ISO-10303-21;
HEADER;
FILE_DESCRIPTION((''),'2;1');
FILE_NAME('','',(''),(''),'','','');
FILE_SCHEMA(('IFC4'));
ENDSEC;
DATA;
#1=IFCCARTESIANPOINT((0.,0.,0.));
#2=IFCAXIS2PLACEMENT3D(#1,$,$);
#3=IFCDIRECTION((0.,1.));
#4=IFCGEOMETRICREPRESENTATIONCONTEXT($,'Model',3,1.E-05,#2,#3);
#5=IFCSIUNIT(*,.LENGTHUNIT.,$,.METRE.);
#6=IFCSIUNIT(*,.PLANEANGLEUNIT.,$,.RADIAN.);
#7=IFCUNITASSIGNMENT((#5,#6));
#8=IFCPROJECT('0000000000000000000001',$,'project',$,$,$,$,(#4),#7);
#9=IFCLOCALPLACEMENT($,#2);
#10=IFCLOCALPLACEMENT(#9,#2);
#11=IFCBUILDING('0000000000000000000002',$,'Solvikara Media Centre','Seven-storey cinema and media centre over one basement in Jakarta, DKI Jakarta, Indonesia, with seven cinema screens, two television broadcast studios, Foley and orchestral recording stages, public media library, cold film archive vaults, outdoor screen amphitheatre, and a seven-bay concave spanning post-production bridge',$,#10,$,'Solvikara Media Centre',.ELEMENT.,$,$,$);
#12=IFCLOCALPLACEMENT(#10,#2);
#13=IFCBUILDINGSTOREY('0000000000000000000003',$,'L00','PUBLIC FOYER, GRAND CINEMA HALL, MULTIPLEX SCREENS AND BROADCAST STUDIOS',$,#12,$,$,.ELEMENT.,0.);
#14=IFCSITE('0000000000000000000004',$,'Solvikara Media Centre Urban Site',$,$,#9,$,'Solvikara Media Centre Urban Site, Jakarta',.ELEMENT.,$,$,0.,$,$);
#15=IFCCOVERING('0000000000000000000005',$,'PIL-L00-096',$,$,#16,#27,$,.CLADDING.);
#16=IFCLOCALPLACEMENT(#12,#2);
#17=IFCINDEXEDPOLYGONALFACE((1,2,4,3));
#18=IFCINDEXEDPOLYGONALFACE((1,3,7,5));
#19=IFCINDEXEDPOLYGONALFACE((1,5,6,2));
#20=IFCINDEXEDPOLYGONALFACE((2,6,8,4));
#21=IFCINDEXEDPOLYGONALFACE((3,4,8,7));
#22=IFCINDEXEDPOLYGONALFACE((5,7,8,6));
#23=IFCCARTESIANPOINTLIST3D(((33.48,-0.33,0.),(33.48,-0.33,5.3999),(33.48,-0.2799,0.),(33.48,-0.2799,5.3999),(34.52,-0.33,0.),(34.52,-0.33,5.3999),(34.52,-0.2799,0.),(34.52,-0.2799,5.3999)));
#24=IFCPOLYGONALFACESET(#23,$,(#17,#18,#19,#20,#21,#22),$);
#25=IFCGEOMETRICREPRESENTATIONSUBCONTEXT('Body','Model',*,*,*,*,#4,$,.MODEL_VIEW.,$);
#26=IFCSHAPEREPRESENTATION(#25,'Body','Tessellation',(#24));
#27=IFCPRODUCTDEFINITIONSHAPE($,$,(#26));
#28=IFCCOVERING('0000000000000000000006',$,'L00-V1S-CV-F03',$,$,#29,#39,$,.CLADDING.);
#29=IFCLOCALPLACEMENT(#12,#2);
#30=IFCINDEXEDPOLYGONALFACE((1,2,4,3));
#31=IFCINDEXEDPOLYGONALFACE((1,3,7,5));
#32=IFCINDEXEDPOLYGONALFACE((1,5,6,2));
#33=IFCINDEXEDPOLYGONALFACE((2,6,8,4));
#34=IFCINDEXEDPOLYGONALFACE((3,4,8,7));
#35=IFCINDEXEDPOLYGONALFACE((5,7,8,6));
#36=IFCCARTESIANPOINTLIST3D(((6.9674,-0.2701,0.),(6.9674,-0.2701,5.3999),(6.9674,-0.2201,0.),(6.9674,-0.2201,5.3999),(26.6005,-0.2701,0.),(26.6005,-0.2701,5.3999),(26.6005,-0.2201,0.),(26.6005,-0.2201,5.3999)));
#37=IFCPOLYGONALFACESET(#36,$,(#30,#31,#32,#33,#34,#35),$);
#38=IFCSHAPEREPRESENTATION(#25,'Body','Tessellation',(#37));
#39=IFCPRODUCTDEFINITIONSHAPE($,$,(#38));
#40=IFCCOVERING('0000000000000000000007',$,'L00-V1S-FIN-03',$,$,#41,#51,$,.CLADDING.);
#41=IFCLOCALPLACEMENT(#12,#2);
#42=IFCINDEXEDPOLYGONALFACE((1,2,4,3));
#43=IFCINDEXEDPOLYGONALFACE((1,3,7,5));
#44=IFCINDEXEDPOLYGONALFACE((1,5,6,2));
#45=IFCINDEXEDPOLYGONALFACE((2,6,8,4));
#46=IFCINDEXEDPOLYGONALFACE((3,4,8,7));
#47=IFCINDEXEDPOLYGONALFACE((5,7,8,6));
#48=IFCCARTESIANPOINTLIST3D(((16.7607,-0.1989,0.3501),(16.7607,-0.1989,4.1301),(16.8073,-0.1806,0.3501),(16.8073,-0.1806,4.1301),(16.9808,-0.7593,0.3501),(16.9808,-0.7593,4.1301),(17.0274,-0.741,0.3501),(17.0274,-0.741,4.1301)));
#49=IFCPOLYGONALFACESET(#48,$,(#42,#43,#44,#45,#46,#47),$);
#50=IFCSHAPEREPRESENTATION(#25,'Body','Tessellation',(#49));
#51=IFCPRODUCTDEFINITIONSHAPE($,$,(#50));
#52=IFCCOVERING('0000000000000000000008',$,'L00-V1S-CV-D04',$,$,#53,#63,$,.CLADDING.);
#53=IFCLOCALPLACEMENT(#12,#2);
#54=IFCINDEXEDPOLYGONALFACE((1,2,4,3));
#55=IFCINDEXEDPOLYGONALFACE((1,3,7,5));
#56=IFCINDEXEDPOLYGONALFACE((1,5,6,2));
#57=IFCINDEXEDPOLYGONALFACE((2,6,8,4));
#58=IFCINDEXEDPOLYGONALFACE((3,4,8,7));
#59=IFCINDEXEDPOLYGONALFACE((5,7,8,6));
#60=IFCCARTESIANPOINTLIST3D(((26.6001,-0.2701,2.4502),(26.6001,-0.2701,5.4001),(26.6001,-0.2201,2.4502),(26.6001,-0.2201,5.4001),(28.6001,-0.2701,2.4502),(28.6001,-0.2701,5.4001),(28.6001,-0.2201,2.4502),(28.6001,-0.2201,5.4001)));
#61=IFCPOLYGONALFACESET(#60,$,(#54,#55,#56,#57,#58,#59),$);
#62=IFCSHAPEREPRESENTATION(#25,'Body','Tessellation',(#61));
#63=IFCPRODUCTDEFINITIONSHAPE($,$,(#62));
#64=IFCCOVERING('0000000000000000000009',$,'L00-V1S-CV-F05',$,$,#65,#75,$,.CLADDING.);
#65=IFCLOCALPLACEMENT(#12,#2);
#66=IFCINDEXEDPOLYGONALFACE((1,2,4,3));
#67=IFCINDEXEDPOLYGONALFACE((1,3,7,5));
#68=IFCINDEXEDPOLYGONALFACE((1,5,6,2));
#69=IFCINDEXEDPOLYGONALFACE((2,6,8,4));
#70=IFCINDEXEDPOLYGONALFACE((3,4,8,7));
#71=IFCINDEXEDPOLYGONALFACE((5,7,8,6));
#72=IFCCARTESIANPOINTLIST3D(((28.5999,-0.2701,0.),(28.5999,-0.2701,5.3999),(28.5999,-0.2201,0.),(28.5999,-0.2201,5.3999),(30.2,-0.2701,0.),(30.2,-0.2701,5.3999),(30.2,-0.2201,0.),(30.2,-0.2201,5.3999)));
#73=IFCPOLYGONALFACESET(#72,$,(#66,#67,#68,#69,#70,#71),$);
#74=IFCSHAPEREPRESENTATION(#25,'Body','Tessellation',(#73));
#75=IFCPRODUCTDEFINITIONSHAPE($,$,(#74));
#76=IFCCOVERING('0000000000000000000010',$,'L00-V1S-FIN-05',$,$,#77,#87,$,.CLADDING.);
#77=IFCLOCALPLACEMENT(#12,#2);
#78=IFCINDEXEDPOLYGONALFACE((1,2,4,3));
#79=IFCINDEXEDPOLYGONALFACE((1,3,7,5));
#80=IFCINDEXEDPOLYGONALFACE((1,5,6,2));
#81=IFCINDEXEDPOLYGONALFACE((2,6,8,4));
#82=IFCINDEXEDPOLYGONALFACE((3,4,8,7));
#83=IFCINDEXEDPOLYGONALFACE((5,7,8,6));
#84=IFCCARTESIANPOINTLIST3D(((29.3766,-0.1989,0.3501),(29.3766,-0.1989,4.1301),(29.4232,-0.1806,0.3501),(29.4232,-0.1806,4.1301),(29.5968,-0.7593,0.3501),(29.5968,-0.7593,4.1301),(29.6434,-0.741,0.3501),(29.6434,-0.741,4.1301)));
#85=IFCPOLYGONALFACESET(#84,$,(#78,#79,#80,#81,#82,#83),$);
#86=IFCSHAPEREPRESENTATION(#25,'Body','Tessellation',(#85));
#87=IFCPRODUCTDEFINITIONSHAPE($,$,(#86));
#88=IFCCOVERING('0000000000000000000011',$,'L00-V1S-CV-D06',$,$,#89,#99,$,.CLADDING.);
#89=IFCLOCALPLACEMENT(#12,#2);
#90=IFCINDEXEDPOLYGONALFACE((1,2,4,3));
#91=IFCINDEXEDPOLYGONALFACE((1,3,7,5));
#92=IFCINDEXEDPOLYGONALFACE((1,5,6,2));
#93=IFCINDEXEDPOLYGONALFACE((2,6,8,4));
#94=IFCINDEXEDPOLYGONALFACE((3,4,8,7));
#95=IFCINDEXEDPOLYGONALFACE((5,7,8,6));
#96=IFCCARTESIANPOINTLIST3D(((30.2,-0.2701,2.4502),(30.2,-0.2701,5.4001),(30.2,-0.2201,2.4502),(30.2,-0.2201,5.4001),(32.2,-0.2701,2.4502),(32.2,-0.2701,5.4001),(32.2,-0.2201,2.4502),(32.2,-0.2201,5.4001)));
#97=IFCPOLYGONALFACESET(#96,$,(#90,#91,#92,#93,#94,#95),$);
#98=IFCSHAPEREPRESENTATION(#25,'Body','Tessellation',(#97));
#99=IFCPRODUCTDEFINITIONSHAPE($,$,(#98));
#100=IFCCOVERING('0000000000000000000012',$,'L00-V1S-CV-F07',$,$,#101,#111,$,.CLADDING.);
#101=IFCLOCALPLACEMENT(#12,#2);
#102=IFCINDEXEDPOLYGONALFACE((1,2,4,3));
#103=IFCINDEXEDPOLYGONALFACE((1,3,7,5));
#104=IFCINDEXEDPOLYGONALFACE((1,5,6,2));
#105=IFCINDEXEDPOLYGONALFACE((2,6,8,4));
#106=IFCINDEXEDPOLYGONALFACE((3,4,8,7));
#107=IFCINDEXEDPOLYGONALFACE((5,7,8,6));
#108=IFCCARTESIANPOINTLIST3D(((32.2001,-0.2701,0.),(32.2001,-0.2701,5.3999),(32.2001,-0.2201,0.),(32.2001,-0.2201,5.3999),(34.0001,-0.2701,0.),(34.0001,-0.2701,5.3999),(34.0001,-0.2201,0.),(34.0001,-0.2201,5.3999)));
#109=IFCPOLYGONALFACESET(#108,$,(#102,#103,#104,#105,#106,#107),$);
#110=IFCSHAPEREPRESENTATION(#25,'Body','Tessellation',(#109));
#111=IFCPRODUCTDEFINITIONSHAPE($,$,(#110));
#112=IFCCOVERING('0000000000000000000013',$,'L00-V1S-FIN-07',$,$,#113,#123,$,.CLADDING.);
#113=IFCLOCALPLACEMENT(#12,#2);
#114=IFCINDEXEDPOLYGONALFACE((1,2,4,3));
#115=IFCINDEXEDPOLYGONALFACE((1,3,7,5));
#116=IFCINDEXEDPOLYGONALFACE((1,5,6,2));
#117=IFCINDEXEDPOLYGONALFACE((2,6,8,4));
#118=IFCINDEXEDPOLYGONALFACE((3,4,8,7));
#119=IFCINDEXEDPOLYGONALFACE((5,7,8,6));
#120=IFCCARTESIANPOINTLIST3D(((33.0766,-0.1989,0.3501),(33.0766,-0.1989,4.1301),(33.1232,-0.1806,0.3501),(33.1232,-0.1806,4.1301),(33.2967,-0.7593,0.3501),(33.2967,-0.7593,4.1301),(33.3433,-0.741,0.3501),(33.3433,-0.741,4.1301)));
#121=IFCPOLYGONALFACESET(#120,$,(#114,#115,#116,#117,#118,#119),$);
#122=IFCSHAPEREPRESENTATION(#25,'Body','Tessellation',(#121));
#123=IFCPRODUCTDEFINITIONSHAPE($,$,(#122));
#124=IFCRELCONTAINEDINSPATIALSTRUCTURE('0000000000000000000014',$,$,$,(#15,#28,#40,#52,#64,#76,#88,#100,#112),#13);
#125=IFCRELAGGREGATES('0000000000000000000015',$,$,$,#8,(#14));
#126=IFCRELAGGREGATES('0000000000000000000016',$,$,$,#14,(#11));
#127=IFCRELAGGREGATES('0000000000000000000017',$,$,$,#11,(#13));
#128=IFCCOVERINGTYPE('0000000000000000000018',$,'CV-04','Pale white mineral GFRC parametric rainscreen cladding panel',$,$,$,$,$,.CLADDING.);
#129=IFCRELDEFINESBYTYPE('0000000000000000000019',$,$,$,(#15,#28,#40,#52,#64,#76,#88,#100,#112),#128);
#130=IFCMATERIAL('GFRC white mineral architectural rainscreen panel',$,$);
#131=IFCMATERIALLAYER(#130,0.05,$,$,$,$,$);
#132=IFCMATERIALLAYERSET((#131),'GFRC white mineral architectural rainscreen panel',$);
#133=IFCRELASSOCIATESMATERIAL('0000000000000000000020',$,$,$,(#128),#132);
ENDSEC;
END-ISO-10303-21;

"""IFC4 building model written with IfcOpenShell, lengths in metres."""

from ifc_helpers import new_model, si_unit, direction, frame, origin, origin_2d, place, context, subcontext, project, spatial, rectangle, extrude, material, layer, layer_set, type_object, element, save


model = new_model("IFC4")

# Units and contexts
model_context = context("Model", 3, precision=1e-05, world=origin(), true_north=direction((0.0, 1.0)))
body_context = subcontext(model_context, "Body", "Model", "MODEL_VIEW")
ifc_project = project(units=[si_unit("LENGTHUNIT", "METRE"), si_unit("PLANEANGLEUNIT", "RADIAN")], contexts=[model_context])

# Site, building, storey
site_placement = place(None, origin())
site = spatial("IfcSite", under=ifc_project, at=site_placement, Name="Solvikara Media Centre Urban Site", LongName="Solvikara Media Centre Urban Site, Jakarta", CompositionType="ELEMENT", RefElevation=0.0)
building_placement = place(site_placement, origin())
building = spatial("IfcBuilding", under=site, at=building_placement, Name="Solvikara Media Centre", Description="Seven-storey cinema and media centre over one basement in Jakarta, DKI Jakarta, Indonesia, with seven cinema screens, two television broadcast studios, Foley and orchestral recording stages, public media library, cold film archive vaults, outdoor screen amphitheatre, and a seven-bay concave spanning post-production bridge", LongName="Solvikara Media Centre", CompositionType="ELEMENT")
storey_placement = place(building_placement, origin())
storey = spatial("IfcBuildingStorey", under=building, at=storey_placement, Name="L00", Description="PUBLIC FOYER, GRAND CINEMA HALL, MULTIPLEX SCREENS AND BROADCAST STUDIOS", CompositionType="ELEMENT", Elevation=0.0)

# Coverings
ifc_material_1 = material(Name="GFRC white mineral architectural rainscreen panel")
ifc_layer = layer(ifc_material_1, 0.05)
ifc_layer_set = layer_set([ifc_layer], Name="GFRC white mineral architectural rainscreen panel")
covering_type = type_object("IfcCoveringType", Name="CV-04", Description="Pale white mineral GFRC parametric rainscreen cladding panel", PredefinedType="CLADDING", material=ifc_layer_set)
for number, where, z_axis, x_axis, name in (
    (1, (34.0, -0.3049, 0.0), (0.0, 0.0, 1.0), (1.0, 0.0, 0.0), "PIL-L00-096"),
):
    element("IfcCovering", number, at=place(storey_placement, frame(where, z_axis=z_axis, x_axis=x_axis)), inside=storey, type_object=covering_type, Name=name, PredefinedType="CLADDING", context=body_context, shape_type="SweptSolid", body=[
        extrude(rectangle(XDim=1.04, YDim=0.05, at=origin_2d()), origin(), (0.0, 0.0, 1.0), 5.3999),
    ])
covering_1_placement = place(storey_placement, frame((16.7839, -0.2451, 0.0), z_axis=(0.0, 0.0, 1.0), x_axis=(1.0, 0.0, 0.0)))
element("IfcCovering", 2, at=covering_1_placement, inside=storey, type_object=covering_type, Name="L00-V1S-CV-F03", PredefinedType="CLADDING", context=body_context, shape_type="SweptSolid", body=[
    extrude(rectangle(XDim=19.6331, YDim=0.05, at=origin_2d()), origin(), (0.0, 0.0, 1.0), 5.3999),
])
covering_2_placement = place(storey_placement, frame((16.894, -0.47, 0.3501), z_axis=(0.0, 0.0, 1.0), x_axis=(0.365657, -0.93075, 0.0)))
element("IfcCovering", 3, at=covering_2_placement, inside=storey, type_object=covering_type, Name="L00-V1S-FIN-03", PredefinedType="CLADDING", context=body_context, shape_type="SweptSolid", body=[
    extrude(rectangle(XDim=0.6021, YDim=0.05, at=origin_2d()), origin(), (0.0, 0.0, 1.0), 3.78),
])
covering_3_placement = place(storey_placement, frame((27.6001, -0.2451, 2.4502), z_axis=(0.0, 0.0, 1.0), x_axis=(1.0, 0.0, 0.0)))
element("IfcCovering", 4, at=covering_3_placement, inside=storey, type_object=covering_type, Name="L00-V1S-CV-D04", PredefinedType="CLADDING", context=body_context, shape_type="SweptSolid", body=[
    extrude(rectangle(XDim=2.0, YDim=0.05, at=origin_2d()), origin(), (0.0, 0.0, 1.0), 2.95),
])
covering_4_placement = place(storey_placement, frame((29.3999, -0.2451, 0.0), z_axis=(0.0, 0.0, 1.0), x_axis=(1.0, 0.0, 0.0)))
element("IfcCovering", 5, at=covering_4_placement, inside=storey, type_object=covering_type, Name="L00-V1S-CV-F05", PredefinedType="CLADDING", context=body_context, shape_type="SweptSolid", body=[
    extrude(rectangle(XDim=1.6001, YDim=0.05, at=origin_2d()), origin(), (0.0, 0.0, 1.0), 5.3999),
])
covering_5_placement = place(storey_placement, frame((29.51, -0.47, 0.3501), z_axis=(0.0, 0.0, 1.0), x_axis=(0.365657, -0.93075, 0.0)))
element("IfcCovering", 6, at=covering_5_placement, inside=storey, type_object=covering_type, Name="L00-V1S-FIN-05", PredefinedType="CLADDING", context=body_context, shape_type="SweptSolid", body=[
    extrude(rectangle(XDim=0.6021, YDim=0.05, at=origin_2d()), origin(), (0.0, 0.0, 1.0), 3.78),
])
covering_6_placement = place(storey_placement, frame((31.2, -0.2451, 2.4502), z_axis=(0.0, 0.0, 1.0), x_axis=(1.0, 0.0, 0.0)))
element("IfcCovering", 7, at=covering_6_placement, inside=storey, type_object=covering_type, Name="L00-V1S-CV-D06", PredefinedType="CLADDING", context=body_context, shape_type="SweptSolid", body=[
    extrude(rectangle(XDim=2.0, YDim=0.05, at=origin_2d()), origin(), (0.0, 0.0, 1.0), 2.95),
])
covering_7_placement = place(storey_placement, frame((33.1001, -0.2451, 0.0), z_axis=(0.0, 0.0, 1.0), x_axis=(1.0, 0.0, 0.0)))
element("IfcCovering", 8, at=covering_7_placement, inside=storey, type_object=covering_type, Name="L00-V1S-CV-F07", PredefinedType="CLADDING", context=body_context, shape_type="SweptSolid", body=[
    extrude(rectangle(XDim=1.8, YDim=0.05, at=origin_2d()), origin(), (0.0, 0.0, 1.0), 5.3999),
])
covering_8_placement = place(storey_placement, frame((33.21, -0.47, 0.3501), z_axis=(0.0, 0.0, 1.0), x_axis=(0.365657, -0.93075, 0.0)))
element("IfcCovering", 9, at=covering_8_placement, inside=storey, type_object=covering_type, Name="L00-V1S-FIN-07", PredefinedType="CLADDING", context=body_context, shape_type="SweptSolid", body=[
    extrude(rectangle(XDim=0.6021, YDim=0.05, at=origin_2d()), origin(), (0.0, 0.0, 1.0), 3.78),
])

save(model, "model.ifc")
